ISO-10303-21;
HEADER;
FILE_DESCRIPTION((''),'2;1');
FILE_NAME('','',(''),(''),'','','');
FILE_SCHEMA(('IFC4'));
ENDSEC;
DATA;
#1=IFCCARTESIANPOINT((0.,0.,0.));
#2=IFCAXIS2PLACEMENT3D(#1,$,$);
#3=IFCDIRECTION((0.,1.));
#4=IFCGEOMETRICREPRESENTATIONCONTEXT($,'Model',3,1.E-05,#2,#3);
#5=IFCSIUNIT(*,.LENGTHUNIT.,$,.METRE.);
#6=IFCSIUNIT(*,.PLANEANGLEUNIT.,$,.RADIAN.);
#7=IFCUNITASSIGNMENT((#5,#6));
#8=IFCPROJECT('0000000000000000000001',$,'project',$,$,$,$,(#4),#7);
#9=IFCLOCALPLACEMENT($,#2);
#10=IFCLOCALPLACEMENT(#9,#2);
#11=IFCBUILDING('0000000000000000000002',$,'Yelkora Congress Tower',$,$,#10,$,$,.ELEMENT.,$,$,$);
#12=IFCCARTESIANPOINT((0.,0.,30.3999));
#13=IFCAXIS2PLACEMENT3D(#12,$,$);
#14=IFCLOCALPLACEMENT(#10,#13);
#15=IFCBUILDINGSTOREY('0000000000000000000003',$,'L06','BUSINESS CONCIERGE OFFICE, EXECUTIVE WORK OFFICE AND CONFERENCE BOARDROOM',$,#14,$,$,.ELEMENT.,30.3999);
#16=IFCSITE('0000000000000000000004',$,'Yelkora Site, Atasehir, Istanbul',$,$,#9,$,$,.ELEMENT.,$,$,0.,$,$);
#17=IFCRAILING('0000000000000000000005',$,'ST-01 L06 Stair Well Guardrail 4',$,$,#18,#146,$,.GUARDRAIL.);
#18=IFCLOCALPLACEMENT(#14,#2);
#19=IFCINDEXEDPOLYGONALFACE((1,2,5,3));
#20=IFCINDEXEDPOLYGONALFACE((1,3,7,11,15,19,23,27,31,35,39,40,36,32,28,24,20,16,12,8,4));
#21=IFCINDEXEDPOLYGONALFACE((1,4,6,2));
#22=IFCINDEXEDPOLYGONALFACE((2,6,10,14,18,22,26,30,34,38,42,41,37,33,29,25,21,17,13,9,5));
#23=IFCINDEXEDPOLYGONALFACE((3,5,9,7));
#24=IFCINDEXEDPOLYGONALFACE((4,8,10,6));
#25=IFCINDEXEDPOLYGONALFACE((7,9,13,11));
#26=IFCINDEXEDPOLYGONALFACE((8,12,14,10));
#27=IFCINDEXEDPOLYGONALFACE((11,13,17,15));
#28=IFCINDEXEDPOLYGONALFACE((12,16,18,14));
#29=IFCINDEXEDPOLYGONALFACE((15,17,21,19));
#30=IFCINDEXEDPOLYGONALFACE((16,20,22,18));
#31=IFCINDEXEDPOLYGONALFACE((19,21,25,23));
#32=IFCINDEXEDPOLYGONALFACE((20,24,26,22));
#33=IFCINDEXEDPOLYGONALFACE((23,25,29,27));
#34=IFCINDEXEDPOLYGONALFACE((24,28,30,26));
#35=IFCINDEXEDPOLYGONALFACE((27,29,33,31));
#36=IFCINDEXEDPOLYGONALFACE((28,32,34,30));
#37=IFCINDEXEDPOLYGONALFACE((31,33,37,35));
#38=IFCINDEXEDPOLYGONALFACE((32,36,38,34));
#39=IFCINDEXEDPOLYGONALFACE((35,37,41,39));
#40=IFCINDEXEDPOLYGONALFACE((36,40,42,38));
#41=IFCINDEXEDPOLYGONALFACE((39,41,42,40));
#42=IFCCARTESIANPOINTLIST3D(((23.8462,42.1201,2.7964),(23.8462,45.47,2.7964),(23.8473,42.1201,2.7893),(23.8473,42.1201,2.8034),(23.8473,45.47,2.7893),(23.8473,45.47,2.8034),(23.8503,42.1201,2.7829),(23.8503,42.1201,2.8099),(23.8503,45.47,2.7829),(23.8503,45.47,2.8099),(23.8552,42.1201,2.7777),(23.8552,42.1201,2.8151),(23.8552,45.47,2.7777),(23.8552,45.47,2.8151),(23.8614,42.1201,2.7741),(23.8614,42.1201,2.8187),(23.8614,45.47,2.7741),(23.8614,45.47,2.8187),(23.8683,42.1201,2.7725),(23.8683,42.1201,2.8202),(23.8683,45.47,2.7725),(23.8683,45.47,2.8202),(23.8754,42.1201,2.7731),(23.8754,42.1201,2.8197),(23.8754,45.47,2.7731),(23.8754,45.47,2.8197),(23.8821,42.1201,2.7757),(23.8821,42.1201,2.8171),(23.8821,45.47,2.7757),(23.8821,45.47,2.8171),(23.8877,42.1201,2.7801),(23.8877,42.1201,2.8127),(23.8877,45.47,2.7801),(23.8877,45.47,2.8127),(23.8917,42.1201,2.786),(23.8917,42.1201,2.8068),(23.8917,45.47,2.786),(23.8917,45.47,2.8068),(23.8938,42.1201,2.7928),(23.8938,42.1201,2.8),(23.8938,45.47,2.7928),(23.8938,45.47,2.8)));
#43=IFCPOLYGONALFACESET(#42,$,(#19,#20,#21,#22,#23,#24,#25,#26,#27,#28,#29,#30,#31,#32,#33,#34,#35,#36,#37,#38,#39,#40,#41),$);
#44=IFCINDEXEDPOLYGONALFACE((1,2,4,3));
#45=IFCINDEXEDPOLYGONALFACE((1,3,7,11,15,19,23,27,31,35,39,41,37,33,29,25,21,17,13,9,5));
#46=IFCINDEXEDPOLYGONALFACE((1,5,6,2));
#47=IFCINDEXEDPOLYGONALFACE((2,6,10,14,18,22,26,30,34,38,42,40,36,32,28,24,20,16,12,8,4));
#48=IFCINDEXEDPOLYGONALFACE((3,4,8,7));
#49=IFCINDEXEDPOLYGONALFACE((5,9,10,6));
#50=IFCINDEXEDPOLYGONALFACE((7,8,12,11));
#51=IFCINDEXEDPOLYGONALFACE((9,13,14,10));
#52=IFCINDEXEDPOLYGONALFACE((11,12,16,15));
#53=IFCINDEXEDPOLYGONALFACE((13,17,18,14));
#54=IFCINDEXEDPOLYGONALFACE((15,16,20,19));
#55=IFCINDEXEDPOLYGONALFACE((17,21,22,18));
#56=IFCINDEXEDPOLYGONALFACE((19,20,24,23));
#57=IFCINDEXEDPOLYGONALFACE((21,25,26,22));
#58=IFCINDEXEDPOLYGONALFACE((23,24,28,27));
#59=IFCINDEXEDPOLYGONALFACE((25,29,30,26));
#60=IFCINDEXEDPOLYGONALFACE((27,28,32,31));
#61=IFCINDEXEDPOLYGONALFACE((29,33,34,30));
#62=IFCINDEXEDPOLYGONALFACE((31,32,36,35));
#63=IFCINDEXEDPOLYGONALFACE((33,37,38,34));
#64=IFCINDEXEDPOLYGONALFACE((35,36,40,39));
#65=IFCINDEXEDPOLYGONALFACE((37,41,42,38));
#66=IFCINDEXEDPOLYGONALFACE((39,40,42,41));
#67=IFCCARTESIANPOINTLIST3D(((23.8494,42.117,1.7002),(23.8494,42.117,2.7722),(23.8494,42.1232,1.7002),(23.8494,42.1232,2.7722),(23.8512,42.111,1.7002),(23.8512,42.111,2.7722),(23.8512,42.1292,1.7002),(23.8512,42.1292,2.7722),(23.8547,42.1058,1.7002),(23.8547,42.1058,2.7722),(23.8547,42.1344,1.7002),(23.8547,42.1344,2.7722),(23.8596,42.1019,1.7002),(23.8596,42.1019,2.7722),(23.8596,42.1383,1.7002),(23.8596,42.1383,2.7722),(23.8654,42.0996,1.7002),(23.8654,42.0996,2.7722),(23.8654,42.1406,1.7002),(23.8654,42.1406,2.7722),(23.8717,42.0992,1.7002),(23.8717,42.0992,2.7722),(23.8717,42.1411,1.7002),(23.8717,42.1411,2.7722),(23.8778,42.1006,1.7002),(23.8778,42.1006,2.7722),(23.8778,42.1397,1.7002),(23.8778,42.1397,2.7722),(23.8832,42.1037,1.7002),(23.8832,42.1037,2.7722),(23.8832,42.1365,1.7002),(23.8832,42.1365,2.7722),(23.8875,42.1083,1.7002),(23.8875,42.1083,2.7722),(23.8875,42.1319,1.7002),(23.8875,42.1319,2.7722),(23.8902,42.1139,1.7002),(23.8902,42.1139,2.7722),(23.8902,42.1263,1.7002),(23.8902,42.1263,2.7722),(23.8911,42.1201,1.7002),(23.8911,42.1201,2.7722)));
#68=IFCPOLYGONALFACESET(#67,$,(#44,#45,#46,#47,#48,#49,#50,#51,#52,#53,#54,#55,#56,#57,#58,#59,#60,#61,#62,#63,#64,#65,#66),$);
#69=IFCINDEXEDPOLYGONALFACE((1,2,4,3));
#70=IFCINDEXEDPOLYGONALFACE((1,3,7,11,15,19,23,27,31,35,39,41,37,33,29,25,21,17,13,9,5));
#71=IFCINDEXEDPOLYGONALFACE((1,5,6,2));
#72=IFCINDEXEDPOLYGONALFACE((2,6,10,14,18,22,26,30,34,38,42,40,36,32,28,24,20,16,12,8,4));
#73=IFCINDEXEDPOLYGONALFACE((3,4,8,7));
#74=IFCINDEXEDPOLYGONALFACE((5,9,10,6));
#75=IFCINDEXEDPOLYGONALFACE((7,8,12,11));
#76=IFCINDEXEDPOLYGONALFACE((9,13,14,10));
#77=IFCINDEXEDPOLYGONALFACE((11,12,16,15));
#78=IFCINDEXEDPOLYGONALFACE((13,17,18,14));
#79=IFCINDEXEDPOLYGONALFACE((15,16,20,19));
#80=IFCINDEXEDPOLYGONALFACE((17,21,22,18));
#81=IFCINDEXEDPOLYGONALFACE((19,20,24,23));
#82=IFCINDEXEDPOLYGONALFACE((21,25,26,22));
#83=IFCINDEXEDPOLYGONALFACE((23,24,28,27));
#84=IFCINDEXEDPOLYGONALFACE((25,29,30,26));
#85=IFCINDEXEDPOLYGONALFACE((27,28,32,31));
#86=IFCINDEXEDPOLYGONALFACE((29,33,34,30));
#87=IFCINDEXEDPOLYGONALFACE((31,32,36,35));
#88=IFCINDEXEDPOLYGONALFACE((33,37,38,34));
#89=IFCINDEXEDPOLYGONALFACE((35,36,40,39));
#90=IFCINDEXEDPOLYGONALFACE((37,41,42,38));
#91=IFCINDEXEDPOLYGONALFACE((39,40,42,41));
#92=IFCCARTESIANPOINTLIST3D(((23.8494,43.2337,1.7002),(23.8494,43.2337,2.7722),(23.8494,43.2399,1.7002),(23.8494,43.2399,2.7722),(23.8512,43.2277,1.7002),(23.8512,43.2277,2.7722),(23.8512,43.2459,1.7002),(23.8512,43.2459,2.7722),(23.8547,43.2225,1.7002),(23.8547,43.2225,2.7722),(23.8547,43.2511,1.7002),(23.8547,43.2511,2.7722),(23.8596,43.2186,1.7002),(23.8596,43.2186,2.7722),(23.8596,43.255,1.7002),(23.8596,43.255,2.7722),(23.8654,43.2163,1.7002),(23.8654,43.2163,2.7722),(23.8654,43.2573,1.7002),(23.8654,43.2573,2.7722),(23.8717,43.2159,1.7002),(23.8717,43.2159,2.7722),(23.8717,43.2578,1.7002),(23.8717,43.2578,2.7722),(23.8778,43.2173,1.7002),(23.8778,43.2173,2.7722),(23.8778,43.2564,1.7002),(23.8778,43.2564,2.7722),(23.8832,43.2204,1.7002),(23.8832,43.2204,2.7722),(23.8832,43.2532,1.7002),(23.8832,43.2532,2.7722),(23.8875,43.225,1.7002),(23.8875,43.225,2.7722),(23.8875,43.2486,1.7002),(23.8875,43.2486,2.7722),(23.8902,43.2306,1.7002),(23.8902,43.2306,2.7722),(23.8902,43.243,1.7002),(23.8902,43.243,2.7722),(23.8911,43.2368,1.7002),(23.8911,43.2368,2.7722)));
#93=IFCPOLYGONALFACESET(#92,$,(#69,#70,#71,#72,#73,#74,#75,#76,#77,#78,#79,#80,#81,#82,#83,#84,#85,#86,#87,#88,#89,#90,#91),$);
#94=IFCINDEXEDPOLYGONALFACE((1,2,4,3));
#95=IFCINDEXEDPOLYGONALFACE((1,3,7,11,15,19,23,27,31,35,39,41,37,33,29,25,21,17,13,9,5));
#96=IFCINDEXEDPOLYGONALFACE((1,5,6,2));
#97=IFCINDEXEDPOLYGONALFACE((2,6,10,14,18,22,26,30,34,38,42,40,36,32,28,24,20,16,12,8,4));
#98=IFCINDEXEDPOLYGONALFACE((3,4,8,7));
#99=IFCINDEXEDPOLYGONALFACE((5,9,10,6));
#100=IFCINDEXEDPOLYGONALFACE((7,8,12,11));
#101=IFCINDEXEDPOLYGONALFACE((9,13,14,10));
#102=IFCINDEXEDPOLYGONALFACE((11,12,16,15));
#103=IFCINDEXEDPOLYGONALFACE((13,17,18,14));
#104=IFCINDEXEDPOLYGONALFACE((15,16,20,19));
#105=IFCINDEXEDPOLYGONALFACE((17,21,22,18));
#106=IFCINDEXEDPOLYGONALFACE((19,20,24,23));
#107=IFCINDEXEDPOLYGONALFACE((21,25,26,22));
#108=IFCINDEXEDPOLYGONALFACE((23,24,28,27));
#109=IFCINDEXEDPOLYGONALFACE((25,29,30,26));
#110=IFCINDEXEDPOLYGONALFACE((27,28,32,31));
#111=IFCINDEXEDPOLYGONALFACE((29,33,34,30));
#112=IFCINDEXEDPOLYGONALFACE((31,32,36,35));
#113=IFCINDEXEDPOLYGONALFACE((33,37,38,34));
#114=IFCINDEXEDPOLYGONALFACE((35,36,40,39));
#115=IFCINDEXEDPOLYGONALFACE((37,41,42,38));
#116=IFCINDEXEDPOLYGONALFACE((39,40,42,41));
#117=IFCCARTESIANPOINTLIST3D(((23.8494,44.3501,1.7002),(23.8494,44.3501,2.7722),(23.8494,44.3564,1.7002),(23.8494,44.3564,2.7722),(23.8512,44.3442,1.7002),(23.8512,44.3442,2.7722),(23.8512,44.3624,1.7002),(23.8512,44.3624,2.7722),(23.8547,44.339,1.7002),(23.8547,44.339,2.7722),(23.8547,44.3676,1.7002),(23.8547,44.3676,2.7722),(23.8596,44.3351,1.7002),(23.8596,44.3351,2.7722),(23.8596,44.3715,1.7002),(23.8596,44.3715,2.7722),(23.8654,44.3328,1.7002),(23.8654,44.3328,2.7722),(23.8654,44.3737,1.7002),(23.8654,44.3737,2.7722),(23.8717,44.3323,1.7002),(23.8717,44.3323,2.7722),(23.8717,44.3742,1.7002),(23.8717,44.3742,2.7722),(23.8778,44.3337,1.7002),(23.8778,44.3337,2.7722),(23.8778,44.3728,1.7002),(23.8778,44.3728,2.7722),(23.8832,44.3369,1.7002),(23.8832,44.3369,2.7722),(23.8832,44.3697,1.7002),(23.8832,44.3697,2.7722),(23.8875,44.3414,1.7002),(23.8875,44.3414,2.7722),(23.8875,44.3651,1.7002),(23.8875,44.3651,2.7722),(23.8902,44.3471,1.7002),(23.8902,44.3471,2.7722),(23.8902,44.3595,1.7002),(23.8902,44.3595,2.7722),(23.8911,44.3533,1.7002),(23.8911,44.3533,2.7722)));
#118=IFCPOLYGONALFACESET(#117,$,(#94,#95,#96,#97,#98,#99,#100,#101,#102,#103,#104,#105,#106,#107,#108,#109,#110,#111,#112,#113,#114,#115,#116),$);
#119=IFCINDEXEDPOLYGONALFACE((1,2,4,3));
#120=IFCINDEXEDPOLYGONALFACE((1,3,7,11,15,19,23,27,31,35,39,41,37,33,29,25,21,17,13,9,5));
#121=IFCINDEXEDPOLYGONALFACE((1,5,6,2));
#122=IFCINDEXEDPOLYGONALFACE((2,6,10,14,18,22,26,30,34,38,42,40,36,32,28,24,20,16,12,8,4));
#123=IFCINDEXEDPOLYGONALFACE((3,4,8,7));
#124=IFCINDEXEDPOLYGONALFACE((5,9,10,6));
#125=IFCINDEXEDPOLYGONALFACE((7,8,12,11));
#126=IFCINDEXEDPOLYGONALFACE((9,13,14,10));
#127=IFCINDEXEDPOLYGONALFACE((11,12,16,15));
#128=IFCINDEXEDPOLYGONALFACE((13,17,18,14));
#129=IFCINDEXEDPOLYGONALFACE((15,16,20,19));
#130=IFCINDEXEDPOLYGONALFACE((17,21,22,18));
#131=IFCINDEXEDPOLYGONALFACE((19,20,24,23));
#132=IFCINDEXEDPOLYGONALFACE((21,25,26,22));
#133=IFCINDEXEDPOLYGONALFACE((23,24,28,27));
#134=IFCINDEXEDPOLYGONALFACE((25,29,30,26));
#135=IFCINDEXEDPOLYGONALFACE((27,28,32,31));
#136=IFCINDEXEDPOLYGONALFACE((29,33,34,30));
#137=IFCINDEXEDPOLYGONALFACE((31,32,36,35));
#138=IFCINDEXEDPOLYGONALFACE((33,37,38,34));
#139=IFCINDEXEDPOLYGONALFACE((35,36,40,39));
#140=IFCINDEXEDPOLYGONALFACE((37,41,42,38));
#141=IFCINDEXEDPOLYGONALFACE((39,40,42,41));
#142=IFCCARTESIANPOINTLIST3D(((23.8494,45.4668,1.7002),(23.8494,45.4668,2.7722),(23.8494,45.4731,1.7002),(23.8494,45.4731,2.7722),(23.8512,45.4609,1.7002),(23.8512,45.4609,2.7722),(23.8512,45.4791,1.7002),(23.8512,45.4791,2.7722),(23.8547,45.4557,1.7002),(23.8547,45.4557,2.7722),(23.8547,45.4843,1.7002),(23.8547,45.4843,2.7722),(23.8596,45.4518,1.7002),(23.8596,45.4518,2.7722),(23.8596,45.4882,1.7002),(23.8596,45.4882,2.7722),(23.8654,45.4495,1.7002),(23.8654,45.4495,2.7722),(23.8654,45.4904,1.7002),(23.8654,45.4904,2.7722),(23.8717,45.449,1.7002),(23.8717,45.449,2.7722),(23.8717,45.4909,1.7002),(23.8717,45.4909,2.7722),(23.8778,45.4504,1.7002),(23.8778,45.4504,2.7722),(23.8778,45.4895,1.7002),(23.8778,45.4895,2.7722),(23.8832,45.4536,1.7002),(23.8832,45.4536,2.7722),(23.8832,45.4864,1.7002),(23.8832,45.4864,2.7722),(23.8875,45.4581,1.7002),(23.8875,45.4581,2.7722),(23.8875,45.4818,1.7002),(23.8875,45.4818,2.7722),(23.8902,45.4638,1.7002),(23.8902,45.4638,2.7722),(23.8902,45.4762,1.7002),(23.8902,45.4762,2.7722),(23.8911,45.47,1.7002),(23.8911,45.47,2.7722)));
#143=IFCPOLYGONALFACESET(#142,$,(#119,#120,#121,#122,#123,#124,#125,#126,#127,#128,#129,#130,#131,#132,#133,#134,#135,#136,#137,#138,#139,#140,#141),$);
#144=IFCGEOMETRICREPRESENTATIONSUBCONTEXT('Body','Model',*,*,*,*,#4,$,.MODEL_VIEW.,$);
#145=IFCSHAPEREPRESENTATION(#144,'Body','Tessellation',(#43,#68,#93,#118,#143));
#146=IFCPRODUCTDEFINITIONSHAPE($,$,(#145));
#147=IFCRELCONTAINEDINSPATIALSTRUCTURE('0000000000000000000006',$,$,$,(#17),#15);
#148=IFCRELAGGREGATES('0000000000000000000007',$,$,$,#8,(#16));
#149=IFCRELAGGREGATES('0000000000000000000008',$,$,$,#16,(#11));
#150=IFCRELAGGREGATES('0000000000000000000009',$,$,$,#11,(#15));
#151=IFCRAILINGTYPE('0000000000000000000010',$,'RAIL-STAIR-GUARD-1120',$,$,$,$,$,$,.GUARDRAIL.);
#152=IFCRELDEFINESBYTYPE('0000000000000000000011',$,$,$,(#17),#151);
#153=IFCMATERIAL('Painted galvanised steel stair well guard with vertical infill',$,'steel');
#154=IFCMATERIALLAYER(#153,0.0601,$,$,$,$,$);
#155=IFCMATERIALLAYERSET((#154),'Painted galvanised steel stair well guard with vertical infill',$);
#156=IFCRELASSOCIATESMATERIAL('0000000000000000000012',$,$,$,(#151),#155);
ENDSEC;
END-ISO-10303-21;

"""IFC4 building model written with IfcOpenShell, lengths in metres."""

from ifc_helpers import new_model, si_unit, direction, frame, origin, origin_2d, place, context, subcontext, project, spatial, circle, extrude, material, layer, layer_set, type_object, element, save


model = new_model("IFC4")

# Units and contexts
model_context = context("Model", 3, precision=1e-05, world=origin(), true_north=direction((0.0, 1.0)))
body_context = subcontext(model_context, "Body", "Model", "MODEL_VIEW")
ifc_project = project(units=[si_unit("LENGTHUNIT", "METRE"), si_unit("PLANEANGLEUNIT", "RADIAN")], contexts=[model_context])

# Site, building, storey
site_placement = place(None, origin())
site = spatial("IfcSite", under=ifc_project, at=site_placement, Name="Yelkora Site, Atasehir, Istanbul", CompositionType="ELEMENT", RefElevation=0.0)
building_placement = place(site_placement, origin())
building = spatial("IfcBuilding", under=site, at=building_placement, Name="Yelkora Congress Tower", CompositionType="ELEMENT")
storey_placement = place(building_placement, frame((0.0, 0.0, 30.3999)))
storey = spatial("IfcBuildingStorey", under=building, at=storey_placement, Name="L06", Description="BUSINESS CONCIERGE OFFICE, EXECUTIVE WORK OFFICE AND CONFERENCE BOARDROOM", CompositionType="ELEMENT", Elevation=30.3999)

# Railing
ifc_material_1 = material(Name="Painted galvanised steel stair well guard with vertical infill", Category="steel")
ifc_layer_1 = layer(ifc_material_1, 0.0601)
ifc_layer_set_1 = layer_set([ifc_layer_1], Name="Painted galvanised steel stair well guard with vertical infill")
railing_type_1 = type_object("IfcRailingType", Name="RAIL-STAIR-GUARD-1120", PredefinedType="GUARDRAIL", material=ifc_layer_set_1)
railing_1_placement = place(storey_placement, frame((23.8701, 42.1201, 1.7002)))
element("IfcRailing", 1, at=railing_1_placement, inside=storey, type_object=railing_type_1, Name="ST-01 L06 Stair Well Guardrail 4", PredefinedType="GUARDRAIL", context=body_context, shape_type="SweptSolid", body=[
    extrude(circle(Radius=0.0239, at=origin_2d()), frame((0.0, 0.0, 1.0962), z_axis=(0.0, 1.0, 0.0), x_axis=(-1.0, 0.0, 0.0)), (0.0, 0.0, 1.0), 3.3499),
    extrude(circle(Radius=0.021, at=origin_2d()), origin(), (0.0, 0.0, 1.0), 1.072),
    extrude(circle(Radius=0.021, at=origin_2d()), frame((0.0, 1.1167, 0.0)), (0.0, 0.0, 1.0), 1.072),
    extrude(circle(Radius=0.021, at=origin_2d()), frame((0.0, 2.2332, 0.0)), (0.0, 0.0, 1.0), 1.072),
    extrude(circle(Radius=0.021, at=origin_2d()), frame((0.0, 3.3499, 0.0)), (0.0, 0.0, 1.0), 1.072),
])

save(model, "model.ifc")
